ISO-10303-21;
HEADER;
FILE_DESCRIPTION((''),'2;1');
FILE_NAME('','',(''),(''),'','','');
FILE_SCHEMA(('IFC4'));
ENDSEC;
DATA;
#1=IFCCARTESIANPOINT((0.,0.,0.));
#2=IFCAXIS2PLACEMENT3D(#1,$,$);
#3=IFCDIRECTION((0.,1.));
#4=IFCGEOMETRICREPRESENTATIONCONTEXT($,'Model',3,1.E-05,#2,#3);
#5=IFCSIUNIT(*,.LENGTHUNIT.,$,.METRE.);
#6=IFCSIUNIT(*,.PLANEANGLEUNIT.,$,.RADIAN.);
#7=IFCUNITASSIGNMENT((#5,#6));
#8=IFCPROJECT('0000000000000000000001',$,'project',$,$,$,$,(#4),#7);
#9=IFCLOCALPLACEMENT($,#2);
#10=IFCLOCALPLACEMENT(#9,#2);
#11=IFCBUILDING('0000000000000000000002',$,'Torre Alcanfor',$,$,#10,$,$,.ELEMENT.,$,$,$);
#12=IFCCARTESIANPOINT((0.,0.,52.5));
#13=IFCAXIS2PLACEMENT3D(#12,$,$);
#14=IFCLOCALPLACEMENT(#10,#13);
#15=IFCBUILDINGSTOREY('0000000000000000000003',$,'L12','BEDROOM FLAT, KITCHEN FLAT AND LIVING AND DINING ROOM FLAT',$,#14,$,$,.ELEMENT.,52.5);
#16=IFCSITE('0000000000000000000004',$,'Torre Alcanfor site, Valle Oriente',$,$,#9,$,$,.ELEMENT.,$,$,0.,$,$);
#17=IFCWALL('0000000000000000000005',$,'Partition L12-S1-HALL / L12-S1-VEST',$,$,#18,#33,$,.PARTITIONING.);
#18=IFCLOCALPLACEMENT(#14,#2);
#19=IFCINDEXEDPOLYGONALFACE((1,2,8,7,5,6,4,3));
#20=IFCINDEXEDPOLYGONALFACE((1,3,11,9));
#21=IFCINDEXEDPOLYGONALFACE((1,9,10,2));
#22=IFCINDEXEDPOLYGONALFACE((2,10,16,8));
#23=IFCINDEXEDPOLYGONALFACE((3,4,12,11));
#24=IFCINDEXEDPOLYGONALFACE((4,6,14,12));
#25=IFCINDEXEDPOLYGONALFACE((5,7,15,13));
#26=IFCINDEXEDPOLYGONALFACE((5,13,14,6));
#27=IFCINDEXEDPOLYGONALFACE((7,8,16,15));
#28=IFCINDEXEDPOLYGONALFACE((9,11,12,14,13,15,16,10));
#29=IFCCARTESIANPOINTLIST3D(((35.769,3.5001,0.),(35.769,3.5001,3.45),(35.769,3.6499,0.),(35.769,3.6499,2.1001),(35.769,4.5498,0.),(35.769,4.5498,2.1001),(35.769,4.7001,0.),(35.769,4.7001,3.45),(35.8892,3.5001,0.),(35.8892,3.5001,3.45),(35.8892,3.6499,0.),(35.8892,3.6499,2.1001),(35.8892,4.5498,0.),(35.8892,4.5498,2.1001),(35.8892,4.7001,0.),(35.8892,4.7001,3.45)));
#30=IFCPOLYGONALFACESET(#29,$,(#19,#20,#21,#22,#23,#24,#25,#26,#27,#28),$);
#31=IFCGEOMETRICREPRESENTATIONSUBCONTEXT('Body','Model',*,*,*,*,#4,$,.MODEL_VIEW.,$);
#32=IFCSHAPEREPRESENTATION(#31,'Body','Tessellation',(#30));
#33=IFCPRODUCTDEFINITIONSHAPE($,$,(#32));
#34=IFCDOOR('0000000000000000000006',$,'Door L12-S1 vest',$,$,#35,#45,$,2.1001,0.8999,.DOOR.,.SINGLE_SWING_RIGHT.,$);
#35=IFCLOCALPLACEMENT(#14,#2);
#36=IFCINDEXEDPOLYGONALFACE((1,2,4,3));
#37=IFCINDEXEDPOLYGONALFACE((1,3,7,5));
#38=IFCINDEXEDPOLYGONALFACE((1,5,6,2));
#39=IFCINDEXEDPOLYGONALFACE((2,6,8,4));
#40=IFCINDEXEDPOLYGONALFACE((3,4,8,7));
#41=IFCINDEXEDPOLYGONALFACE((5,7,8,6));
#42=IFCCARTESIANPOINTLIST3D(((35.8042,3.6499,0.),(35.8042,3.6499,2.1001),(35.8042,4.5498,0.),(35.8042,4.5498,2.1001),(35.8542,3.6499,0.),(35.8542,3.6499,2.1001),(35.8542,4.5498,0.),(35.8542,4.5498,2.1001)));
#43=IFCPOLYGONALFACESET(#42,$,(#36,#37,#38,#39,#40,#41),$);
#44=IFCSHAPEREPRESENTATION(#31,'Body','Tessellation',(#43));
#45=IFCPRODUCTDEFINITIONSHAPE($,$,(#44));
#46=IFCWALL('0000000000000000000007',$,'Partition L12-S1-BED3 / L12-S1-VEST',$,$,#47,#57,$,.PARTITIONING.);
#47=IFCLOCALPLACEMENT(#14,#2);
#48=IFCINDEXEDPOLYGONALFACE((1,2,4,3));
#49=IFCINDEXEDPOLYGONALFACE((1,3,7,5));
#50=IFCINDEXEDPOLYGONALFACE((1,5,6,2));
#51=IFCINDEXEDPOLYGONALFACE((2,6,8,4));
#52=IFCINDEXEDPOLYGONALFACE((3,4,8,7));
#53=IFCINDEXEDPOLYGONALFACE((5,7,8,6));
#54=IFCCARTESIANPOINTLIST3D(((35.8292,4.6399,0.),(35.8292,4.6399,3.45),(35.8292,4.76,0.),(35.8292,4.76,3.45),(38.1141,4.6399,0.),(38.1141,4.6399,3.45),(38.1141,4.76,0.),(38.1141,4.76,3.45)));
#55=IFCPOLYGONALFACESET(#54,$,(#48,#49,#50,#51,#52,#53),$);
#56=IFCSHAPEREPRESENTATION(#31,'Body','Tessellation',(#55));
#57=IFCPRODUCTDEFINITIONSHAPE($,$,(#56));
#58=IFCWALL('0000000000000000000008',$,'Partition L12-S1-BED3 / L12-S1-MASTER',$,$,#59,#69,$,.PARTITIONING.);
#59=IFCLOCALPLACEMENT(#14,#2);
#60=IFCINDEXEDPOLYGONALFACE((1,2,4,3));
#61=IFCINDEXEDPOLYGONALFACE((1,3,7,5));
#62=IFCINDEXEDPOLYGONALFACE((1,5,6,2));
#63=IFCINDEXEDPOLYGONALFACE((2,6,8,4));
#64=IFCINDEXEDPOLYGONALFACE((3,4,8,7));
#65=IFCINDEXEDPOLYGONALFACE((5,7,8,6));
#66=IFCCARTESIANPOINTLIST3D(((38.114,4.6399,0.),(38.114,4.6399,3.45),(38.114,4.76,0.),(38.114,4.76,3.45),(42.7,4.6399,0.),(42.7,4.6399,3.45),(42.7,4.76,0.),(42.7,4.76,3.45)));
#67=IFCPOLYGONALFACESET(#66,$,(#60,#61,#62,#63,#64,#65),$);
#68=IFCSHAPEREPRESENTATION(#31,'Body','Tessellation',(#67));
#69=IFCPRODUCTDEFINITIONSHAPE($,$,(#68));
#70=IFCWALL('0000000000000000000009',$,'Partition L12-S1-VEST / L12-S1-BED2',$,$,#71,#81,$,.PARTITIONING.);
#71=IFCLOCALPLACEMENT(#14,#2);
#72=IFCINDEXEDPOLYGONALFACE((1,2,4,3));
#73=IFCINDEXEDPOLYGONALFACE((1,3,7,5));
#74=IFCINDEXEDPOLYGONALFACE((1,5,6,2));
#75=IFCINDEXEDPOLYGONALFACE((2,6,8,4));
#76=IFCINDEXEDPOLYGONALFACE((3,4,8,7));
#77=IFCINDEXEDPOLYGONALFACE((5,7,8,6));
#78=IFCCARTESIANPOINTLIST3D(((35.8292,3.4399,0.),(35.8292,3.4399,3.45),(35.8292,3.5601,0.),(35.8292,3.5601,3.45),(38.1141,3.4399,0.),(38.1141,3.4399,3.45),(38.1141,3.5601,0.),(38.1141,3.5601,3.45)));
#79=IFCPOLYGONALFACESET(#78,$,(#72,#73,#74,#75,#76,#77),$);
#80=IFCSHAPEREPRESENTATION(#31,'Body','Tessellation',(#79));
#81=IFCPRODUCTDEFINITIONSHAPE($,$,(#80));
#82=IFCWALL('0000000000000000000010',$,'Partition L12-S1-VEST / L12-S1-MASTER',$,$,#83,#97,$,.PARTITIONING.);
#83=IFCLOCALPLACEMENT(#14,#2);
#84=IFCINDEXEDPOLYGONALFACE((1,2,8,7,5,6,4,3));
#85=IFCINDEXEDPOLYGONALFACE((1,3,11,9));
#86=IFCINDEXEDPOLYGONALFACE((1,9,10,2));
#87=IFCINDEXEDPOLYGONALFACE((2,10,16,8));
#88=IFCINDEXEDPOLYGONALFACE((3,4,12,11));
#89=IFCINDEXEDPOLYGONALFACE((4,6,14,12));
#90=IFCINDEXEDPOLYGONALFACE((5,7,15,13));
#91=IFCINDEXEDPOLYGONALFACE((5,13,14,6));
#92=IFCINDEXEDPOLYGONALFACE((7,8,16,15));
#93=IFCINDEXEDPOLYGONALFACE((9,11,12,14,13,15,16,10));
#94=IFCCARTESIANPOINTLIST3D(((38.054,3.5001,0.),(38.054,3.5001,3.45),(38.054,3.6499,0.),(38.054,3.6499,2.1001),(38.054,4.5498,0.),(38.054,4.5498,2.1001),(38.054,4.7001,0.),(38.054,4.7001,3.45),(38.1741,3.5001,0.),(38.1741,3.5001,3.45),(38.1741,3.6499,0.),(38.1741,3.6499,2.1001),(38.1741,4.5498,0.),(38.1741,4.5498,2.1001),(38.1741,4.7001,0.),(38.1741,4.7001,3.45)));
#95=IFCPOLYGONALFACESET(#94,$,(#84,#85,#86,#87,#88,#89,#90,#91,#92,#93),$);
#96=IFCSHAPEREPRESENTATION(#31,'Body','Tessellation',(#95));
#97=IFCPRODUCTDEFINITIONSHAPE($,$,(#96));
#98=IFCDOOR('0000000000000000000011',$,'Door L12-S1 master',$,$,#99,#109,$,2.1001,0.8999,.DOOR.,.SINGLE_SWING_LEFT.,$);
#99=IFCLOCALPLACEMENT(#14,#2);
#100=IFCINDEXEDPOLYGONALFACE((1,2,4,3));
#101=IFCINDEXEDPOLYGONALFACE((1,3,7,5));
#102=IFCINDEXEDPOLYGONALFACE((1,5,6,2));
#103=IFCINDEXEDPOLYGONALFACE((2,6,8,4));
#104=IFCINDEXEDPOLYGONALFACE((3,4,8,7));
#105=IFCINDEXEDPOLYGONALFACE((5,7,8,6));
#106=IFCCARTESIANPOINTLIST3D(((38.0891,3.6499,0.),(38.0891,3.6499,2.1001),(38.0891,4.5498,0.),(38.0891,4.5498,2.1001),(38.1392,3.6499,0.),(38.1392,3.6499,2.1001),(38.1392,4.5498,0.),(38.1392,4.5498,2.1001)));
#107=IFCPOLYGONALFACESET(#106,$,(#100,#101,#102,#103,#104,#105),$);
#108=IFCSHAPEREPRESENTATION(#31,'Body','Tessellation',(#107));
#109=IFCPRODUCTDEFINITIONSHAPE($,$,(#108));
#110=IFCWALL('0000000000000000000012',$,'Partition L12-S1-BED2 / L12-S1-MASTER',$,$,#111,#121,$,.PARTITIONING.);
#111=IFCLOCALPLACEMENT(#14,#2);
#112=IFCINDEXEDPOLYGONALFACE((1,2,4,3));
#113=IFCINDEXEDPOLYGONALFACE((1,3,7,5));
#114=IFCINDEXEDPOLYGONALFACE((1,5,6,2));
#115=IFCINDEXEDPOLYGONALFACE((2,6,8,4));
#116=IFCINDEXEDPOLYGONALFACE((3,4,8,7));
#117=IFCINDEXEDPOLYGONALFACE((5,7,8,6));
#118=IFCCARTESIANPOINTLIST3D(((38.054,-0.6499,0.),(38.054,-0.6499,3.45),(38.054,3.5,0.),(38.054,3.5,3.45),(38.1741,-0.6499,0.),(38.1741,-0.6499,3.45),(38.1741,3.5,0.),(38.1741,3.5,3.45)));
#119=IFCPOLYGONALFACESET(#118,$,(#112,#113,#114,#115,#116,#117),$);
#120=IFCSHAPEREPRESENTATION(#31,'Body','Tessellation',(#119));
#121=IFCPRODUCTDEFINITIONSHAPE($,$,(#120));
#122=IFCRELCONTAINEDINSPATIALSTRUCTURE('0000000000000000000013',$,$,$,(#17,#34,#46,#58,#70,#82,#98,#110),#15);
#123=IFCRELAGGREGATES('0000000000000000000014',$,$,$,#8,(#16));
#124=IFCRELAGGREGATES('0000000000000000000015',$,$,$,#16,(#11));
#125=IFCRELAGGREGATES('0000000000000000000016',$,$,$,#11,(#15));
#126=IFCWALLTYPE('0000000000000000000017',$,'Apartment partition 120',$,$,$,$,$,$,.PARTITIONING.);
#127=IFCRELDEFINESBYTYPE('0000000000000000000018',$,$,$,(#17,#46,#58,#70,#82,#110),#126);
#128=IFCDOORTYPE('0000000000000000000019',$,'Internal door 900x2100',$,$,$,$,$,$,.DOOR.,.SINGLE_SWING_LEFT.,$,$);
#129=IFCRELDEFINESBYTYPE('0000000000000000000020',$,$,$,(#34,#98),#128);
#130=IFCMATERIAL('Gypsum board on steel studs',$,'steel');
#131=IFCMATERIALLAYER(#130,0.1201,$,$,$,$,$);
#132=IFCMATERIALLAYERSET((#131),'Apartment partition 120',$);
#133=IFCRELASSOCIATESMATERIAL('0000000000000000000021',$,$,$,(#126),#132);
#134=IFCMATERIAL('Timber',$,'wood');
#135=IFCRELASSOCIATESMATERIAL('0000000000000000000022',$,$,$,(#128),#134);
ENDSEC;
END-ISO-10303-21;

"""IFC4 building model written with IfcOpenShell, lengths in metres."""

from ifc_helpers import new_model, si_unit, direction, frame, frame_2d, origin, place, context, subcontext, project, spatial, rectangle, extrude, material, layer, layer_set, type_object, element, fill, save


model = new_model("IFC4")

# Units and contexts
model_context = context("Model", 3, precision=1e-05, world=origin(), true_north=direction((0.0, 1.0)))
body_context = subcontext(model_context, "Body", "Model", "MODEL_VIEW")
ifc_project = project(units=[si_unit("LENGTHUNIT", "METRE"), si_unit("PLANEANGLEUNIT", "RADIAN")], contexts=[model_context])

# Site, building, storey
site_placement = place(None, origin())
site = spatial("IfcSite", under=ifc_project, at=site_placement, Name="Torre Alcanfor site, Valle Oriente", CompositionType="ELEMENT", RefElevation=0.0)
building_placement = place(site_placement, origin())
building = spatial("IfcBuilding", under=site, at=building_placement, Name="Torre Alcanfor", CompositionType="ELEMENT")
storey_placement = place(building_placement, frame((0.0, 0.0, 52.5)))
storey = spatial("IfcBuildingStorey", under=building, at=storey_placement, Name="L12", Description="BEDROOM FLAT, KITCHEN FLAT AND LIVING AND DINING ROOM FLAT", CompositionType="ELEMENT", Elevation=52.5)

# Shared definitions
ifc_material_1 = material(Name="Gypsum board on steel studs", Category="steel")
ifc_layer_1 = layer(ifc_material_1, 0.1201)
ifc_layer_set_1 = layer_set([ifc_layer_1], Name="Apartment partition 120")
wall_type_1 = type_object("IfcWallType", Name="Apartment partition 120", PredefinedType="PARTITIONING", material=ifc_layer_set_1)

# Wall, opening, door
ifc_material_2 = material(Name="Timber", Category="wood")
door_type = type_object("IfcDoorType", Name="Internal door 900x2100", OperationType="SINGLE_SWING_LEFT", PredefinedType="DOOR", material=ifc_material_2)
wall_1_placement = place(storey_placement, frame((35.8291, 3.5, 0.0), z_axis=(0.0, 0.0, 1.0), x_axis=(0.0, 1.0, 0.0)))
wall_1 = element("IfcWall", 1, at=wall_1_placement, inside=storey, type_object=wall_type_1, Name="Partition L12-S1-HALL / L12-S1-VEST", PredefinedType="PARTITIONING", context=body_context, shape_type="SweptSolid", body=[
    extrude(rectangle(XDim=1.2, YDim=0.1201, at=frame_2d((0.6001, 0.0))), origin(), (0.0, 0.0, 1.0), 3.45),
])
opening_1_placement = place(wall_1_placement, frame((0.1499, 0.0, 0.0)))
opening_1 = element("IfcOpeningElement", 2, at=opening_1_placement, cuts=wall_1, PredefinedType="OPENING", context=body_context, shape_type="SweptSolid", body=[
    extrude(rectangle(XDim=0.8999, YDim=2.1001, at=frame_2d((0.45, 1.05))), frame((0.0, 0.0701, 0.0), z_axis=(0.0, -1.0, 0.0), x_axis=(1.0, 0.0, 0.0)), (0.0, 0.0, 1.0), 0.1401),
])
door_1_placement = place(opening_1_placement, frame((0.8999, 0.0, 0.0), z_axis=(0.0, 0.0, 1.0), x_axis=(-1.0, 0.0, 0.0)))
door_1 = element("IfcDoor", 3, at=door_1_placement, inside=storey, type_object=door_type, Name="Door L12-S1 vest", OperationType="SINGLE_SWING_RIGHT", OverallHeight=2.1001, OverallWidth=0.8999, PredefinedType="DOOR", context=body_context, shape_type="SweptSolid", body=[
    extrude(rectangle(XDim=0.8999, YDim=2.1001, at=frame_2d((0.45, 1.05))), frame((0.0, 0.0251, 0.0), z_axis=(0.0, -1.0, 0.0), x_axis=(1.0, 0.0, 0.0)), (0.0, 0.0, 1.0), 0.05),
])
fill(opening_1, door_1)

# Walls
wall_2_placement = place(storey_placement, frame((35.8291, 4.7, 0.0), z_axis=(0.0, 0.0, 1.0), x_axis=(1.0, 0.0, 0.0)))
element("IfcWall", 4, at=wall_2_placement, inside=storey, type_object=wall_type_1, Name="Partition L12-S1-BED3 / L12-S1-VEST", PredefinedType="PARTITIONING", context=body_context, shape_type="SweptSolid", body=[
    extrude(rectangle(XDim=2.2849, YDim=0.1201, at=frame_2d((1.1426, 0.0))), origin(), (0.0, 0.0, 1.0), 3.45),
])
wall_3_placement = place(storey_placement, frame((38.114, 4.7, 0.0), z_axis=(0.0, 0.0, 1.0), x_axis=(1.0, 0.0, 0.0)))
element("IfcWall", 5, at=wall_3_placement, inside=storey, type_object=wall_type_1, Name="Partition L12-S1-BED3 / L12-S1-MASTER", PredefinedType="PARTITIONING", context=body_context, shape_type="SweptSolid", body=[
    extrude(rectangle(XDim=4.5859, YDim=0.1201, at=frame_2d((2.293, 0.0))), origin(), (0.0, 0.0, 1.0), 3.45),
])
wall_4_placement = place(storey_placement, frame((35.8291, 3.5, 0.0), z_axis=(0.0, 0.0, 1.0), x_axis=(1.0, 0.0, 0.0)))
element("IfcWall", 6, at=wall_4_placement, inside=storey, type_object=wall_type_1, Name="Partition L12-S1-VEST / L12-S1-BED2", PredefinedType="PARTITIONING", context=body_context, shape_type="SweptSolid", body=[
    extrude(rectangle(XDim=2.2849, YDim=0.1201, at=frame_2d((1.1426, 0.0))), origin(), (0.0, 0.0, 1.0), 3.45),
])

# Wall, opening, door
wall_5_placement = place(storey_placement, frame((38.114, 3.5, 0.0), z_axis=(0.0, 0.0, 1.0), x_axis=(0.0, 1.0, 0.0)))
wall_5 = element("IfcWall", 7, at=wall_5_placement, inside=storey, type_object=wall_type_1, Name="Partition L12-S1-VEST / L12-S1-MASTER", PredefinedType="PARTITIONING", context=body_context, shape_type="SweptSolid", body=[
    extrude(rectangle(XDim=1.2, YDim=0.1201, at=frame_2d((0.6001, 0.0))), origin(), (0.0, 0.0, 1.0), 3.45),
])
opening_2_placement = place(wall_5_placement, frame((0.1499, 0.0, 0.0)))
opening_2 = element("IfcOpeningElement", 8, at=opening_2_placement, cuts=wall_5, PredefinedType="OPENING", context=body_context, shape_type="SweptSolid", body=[
    extrude(rectangle(XDim=0.8999, YDim=2.1001, at=frame_2d((0.45, 1.05))), frame((0.0, 0.0701, 0.0), z_axis=(0.0, -1.0, 0.0), x_axis=(1.0, 0.0, 0.0)), (0.0, 0.0, 1.0), 0.1401),
])
door_2_placement = place(opening_2_placement, origin())
door_2 = element("IfcDoor", 9, at=door_2_placement, inside=storey, type_object=door_type, Name="Door L12-S1 master", OperationType="SINGLE_SWING_LEFT", OverallHeight=2.1001, OverallWidth=0.8999, PredefinedType="DOOR", context=body_context, shape_type="SweptSolid", body=[
    extrude(rectangle(XDim=0.8999, YDim=2.1001, at=frame_2d((0.45, 1.05))), frame((0.0, 0.0249, 0.0), z_axis=(0.0, -1.0, 0.0), x_axis=(1.0, 0.0, 0.0)), (0.0, 0.0, 1.0), 0.05),
])
fill(opening_2, door_2)

# Wall
wall_6_placement = place(storey_placement, frame((38.114, -0.6499, 0.0), z_axis=(0.0, 0.0, 1.0), x_axis=(0.0, 1.0, 0.0)))
element("IfcWall", 10, at=wall_6_placement, inside=storey, type_object=wall_type_1, Name="Partition L12-S1-BED2 / L12-S1-MASTER", PredefinedType="PARTITIONING", context=body_context, shape_type="SweptSolid", body=[
    extrude(rectangle(XDim=4.1499, YDim=0.1201, at=frame_2d((2.075, 0.0))), origin(), (0.0, 0.0, 1.0), 3.45),
])

save(model, "model.ifc")
